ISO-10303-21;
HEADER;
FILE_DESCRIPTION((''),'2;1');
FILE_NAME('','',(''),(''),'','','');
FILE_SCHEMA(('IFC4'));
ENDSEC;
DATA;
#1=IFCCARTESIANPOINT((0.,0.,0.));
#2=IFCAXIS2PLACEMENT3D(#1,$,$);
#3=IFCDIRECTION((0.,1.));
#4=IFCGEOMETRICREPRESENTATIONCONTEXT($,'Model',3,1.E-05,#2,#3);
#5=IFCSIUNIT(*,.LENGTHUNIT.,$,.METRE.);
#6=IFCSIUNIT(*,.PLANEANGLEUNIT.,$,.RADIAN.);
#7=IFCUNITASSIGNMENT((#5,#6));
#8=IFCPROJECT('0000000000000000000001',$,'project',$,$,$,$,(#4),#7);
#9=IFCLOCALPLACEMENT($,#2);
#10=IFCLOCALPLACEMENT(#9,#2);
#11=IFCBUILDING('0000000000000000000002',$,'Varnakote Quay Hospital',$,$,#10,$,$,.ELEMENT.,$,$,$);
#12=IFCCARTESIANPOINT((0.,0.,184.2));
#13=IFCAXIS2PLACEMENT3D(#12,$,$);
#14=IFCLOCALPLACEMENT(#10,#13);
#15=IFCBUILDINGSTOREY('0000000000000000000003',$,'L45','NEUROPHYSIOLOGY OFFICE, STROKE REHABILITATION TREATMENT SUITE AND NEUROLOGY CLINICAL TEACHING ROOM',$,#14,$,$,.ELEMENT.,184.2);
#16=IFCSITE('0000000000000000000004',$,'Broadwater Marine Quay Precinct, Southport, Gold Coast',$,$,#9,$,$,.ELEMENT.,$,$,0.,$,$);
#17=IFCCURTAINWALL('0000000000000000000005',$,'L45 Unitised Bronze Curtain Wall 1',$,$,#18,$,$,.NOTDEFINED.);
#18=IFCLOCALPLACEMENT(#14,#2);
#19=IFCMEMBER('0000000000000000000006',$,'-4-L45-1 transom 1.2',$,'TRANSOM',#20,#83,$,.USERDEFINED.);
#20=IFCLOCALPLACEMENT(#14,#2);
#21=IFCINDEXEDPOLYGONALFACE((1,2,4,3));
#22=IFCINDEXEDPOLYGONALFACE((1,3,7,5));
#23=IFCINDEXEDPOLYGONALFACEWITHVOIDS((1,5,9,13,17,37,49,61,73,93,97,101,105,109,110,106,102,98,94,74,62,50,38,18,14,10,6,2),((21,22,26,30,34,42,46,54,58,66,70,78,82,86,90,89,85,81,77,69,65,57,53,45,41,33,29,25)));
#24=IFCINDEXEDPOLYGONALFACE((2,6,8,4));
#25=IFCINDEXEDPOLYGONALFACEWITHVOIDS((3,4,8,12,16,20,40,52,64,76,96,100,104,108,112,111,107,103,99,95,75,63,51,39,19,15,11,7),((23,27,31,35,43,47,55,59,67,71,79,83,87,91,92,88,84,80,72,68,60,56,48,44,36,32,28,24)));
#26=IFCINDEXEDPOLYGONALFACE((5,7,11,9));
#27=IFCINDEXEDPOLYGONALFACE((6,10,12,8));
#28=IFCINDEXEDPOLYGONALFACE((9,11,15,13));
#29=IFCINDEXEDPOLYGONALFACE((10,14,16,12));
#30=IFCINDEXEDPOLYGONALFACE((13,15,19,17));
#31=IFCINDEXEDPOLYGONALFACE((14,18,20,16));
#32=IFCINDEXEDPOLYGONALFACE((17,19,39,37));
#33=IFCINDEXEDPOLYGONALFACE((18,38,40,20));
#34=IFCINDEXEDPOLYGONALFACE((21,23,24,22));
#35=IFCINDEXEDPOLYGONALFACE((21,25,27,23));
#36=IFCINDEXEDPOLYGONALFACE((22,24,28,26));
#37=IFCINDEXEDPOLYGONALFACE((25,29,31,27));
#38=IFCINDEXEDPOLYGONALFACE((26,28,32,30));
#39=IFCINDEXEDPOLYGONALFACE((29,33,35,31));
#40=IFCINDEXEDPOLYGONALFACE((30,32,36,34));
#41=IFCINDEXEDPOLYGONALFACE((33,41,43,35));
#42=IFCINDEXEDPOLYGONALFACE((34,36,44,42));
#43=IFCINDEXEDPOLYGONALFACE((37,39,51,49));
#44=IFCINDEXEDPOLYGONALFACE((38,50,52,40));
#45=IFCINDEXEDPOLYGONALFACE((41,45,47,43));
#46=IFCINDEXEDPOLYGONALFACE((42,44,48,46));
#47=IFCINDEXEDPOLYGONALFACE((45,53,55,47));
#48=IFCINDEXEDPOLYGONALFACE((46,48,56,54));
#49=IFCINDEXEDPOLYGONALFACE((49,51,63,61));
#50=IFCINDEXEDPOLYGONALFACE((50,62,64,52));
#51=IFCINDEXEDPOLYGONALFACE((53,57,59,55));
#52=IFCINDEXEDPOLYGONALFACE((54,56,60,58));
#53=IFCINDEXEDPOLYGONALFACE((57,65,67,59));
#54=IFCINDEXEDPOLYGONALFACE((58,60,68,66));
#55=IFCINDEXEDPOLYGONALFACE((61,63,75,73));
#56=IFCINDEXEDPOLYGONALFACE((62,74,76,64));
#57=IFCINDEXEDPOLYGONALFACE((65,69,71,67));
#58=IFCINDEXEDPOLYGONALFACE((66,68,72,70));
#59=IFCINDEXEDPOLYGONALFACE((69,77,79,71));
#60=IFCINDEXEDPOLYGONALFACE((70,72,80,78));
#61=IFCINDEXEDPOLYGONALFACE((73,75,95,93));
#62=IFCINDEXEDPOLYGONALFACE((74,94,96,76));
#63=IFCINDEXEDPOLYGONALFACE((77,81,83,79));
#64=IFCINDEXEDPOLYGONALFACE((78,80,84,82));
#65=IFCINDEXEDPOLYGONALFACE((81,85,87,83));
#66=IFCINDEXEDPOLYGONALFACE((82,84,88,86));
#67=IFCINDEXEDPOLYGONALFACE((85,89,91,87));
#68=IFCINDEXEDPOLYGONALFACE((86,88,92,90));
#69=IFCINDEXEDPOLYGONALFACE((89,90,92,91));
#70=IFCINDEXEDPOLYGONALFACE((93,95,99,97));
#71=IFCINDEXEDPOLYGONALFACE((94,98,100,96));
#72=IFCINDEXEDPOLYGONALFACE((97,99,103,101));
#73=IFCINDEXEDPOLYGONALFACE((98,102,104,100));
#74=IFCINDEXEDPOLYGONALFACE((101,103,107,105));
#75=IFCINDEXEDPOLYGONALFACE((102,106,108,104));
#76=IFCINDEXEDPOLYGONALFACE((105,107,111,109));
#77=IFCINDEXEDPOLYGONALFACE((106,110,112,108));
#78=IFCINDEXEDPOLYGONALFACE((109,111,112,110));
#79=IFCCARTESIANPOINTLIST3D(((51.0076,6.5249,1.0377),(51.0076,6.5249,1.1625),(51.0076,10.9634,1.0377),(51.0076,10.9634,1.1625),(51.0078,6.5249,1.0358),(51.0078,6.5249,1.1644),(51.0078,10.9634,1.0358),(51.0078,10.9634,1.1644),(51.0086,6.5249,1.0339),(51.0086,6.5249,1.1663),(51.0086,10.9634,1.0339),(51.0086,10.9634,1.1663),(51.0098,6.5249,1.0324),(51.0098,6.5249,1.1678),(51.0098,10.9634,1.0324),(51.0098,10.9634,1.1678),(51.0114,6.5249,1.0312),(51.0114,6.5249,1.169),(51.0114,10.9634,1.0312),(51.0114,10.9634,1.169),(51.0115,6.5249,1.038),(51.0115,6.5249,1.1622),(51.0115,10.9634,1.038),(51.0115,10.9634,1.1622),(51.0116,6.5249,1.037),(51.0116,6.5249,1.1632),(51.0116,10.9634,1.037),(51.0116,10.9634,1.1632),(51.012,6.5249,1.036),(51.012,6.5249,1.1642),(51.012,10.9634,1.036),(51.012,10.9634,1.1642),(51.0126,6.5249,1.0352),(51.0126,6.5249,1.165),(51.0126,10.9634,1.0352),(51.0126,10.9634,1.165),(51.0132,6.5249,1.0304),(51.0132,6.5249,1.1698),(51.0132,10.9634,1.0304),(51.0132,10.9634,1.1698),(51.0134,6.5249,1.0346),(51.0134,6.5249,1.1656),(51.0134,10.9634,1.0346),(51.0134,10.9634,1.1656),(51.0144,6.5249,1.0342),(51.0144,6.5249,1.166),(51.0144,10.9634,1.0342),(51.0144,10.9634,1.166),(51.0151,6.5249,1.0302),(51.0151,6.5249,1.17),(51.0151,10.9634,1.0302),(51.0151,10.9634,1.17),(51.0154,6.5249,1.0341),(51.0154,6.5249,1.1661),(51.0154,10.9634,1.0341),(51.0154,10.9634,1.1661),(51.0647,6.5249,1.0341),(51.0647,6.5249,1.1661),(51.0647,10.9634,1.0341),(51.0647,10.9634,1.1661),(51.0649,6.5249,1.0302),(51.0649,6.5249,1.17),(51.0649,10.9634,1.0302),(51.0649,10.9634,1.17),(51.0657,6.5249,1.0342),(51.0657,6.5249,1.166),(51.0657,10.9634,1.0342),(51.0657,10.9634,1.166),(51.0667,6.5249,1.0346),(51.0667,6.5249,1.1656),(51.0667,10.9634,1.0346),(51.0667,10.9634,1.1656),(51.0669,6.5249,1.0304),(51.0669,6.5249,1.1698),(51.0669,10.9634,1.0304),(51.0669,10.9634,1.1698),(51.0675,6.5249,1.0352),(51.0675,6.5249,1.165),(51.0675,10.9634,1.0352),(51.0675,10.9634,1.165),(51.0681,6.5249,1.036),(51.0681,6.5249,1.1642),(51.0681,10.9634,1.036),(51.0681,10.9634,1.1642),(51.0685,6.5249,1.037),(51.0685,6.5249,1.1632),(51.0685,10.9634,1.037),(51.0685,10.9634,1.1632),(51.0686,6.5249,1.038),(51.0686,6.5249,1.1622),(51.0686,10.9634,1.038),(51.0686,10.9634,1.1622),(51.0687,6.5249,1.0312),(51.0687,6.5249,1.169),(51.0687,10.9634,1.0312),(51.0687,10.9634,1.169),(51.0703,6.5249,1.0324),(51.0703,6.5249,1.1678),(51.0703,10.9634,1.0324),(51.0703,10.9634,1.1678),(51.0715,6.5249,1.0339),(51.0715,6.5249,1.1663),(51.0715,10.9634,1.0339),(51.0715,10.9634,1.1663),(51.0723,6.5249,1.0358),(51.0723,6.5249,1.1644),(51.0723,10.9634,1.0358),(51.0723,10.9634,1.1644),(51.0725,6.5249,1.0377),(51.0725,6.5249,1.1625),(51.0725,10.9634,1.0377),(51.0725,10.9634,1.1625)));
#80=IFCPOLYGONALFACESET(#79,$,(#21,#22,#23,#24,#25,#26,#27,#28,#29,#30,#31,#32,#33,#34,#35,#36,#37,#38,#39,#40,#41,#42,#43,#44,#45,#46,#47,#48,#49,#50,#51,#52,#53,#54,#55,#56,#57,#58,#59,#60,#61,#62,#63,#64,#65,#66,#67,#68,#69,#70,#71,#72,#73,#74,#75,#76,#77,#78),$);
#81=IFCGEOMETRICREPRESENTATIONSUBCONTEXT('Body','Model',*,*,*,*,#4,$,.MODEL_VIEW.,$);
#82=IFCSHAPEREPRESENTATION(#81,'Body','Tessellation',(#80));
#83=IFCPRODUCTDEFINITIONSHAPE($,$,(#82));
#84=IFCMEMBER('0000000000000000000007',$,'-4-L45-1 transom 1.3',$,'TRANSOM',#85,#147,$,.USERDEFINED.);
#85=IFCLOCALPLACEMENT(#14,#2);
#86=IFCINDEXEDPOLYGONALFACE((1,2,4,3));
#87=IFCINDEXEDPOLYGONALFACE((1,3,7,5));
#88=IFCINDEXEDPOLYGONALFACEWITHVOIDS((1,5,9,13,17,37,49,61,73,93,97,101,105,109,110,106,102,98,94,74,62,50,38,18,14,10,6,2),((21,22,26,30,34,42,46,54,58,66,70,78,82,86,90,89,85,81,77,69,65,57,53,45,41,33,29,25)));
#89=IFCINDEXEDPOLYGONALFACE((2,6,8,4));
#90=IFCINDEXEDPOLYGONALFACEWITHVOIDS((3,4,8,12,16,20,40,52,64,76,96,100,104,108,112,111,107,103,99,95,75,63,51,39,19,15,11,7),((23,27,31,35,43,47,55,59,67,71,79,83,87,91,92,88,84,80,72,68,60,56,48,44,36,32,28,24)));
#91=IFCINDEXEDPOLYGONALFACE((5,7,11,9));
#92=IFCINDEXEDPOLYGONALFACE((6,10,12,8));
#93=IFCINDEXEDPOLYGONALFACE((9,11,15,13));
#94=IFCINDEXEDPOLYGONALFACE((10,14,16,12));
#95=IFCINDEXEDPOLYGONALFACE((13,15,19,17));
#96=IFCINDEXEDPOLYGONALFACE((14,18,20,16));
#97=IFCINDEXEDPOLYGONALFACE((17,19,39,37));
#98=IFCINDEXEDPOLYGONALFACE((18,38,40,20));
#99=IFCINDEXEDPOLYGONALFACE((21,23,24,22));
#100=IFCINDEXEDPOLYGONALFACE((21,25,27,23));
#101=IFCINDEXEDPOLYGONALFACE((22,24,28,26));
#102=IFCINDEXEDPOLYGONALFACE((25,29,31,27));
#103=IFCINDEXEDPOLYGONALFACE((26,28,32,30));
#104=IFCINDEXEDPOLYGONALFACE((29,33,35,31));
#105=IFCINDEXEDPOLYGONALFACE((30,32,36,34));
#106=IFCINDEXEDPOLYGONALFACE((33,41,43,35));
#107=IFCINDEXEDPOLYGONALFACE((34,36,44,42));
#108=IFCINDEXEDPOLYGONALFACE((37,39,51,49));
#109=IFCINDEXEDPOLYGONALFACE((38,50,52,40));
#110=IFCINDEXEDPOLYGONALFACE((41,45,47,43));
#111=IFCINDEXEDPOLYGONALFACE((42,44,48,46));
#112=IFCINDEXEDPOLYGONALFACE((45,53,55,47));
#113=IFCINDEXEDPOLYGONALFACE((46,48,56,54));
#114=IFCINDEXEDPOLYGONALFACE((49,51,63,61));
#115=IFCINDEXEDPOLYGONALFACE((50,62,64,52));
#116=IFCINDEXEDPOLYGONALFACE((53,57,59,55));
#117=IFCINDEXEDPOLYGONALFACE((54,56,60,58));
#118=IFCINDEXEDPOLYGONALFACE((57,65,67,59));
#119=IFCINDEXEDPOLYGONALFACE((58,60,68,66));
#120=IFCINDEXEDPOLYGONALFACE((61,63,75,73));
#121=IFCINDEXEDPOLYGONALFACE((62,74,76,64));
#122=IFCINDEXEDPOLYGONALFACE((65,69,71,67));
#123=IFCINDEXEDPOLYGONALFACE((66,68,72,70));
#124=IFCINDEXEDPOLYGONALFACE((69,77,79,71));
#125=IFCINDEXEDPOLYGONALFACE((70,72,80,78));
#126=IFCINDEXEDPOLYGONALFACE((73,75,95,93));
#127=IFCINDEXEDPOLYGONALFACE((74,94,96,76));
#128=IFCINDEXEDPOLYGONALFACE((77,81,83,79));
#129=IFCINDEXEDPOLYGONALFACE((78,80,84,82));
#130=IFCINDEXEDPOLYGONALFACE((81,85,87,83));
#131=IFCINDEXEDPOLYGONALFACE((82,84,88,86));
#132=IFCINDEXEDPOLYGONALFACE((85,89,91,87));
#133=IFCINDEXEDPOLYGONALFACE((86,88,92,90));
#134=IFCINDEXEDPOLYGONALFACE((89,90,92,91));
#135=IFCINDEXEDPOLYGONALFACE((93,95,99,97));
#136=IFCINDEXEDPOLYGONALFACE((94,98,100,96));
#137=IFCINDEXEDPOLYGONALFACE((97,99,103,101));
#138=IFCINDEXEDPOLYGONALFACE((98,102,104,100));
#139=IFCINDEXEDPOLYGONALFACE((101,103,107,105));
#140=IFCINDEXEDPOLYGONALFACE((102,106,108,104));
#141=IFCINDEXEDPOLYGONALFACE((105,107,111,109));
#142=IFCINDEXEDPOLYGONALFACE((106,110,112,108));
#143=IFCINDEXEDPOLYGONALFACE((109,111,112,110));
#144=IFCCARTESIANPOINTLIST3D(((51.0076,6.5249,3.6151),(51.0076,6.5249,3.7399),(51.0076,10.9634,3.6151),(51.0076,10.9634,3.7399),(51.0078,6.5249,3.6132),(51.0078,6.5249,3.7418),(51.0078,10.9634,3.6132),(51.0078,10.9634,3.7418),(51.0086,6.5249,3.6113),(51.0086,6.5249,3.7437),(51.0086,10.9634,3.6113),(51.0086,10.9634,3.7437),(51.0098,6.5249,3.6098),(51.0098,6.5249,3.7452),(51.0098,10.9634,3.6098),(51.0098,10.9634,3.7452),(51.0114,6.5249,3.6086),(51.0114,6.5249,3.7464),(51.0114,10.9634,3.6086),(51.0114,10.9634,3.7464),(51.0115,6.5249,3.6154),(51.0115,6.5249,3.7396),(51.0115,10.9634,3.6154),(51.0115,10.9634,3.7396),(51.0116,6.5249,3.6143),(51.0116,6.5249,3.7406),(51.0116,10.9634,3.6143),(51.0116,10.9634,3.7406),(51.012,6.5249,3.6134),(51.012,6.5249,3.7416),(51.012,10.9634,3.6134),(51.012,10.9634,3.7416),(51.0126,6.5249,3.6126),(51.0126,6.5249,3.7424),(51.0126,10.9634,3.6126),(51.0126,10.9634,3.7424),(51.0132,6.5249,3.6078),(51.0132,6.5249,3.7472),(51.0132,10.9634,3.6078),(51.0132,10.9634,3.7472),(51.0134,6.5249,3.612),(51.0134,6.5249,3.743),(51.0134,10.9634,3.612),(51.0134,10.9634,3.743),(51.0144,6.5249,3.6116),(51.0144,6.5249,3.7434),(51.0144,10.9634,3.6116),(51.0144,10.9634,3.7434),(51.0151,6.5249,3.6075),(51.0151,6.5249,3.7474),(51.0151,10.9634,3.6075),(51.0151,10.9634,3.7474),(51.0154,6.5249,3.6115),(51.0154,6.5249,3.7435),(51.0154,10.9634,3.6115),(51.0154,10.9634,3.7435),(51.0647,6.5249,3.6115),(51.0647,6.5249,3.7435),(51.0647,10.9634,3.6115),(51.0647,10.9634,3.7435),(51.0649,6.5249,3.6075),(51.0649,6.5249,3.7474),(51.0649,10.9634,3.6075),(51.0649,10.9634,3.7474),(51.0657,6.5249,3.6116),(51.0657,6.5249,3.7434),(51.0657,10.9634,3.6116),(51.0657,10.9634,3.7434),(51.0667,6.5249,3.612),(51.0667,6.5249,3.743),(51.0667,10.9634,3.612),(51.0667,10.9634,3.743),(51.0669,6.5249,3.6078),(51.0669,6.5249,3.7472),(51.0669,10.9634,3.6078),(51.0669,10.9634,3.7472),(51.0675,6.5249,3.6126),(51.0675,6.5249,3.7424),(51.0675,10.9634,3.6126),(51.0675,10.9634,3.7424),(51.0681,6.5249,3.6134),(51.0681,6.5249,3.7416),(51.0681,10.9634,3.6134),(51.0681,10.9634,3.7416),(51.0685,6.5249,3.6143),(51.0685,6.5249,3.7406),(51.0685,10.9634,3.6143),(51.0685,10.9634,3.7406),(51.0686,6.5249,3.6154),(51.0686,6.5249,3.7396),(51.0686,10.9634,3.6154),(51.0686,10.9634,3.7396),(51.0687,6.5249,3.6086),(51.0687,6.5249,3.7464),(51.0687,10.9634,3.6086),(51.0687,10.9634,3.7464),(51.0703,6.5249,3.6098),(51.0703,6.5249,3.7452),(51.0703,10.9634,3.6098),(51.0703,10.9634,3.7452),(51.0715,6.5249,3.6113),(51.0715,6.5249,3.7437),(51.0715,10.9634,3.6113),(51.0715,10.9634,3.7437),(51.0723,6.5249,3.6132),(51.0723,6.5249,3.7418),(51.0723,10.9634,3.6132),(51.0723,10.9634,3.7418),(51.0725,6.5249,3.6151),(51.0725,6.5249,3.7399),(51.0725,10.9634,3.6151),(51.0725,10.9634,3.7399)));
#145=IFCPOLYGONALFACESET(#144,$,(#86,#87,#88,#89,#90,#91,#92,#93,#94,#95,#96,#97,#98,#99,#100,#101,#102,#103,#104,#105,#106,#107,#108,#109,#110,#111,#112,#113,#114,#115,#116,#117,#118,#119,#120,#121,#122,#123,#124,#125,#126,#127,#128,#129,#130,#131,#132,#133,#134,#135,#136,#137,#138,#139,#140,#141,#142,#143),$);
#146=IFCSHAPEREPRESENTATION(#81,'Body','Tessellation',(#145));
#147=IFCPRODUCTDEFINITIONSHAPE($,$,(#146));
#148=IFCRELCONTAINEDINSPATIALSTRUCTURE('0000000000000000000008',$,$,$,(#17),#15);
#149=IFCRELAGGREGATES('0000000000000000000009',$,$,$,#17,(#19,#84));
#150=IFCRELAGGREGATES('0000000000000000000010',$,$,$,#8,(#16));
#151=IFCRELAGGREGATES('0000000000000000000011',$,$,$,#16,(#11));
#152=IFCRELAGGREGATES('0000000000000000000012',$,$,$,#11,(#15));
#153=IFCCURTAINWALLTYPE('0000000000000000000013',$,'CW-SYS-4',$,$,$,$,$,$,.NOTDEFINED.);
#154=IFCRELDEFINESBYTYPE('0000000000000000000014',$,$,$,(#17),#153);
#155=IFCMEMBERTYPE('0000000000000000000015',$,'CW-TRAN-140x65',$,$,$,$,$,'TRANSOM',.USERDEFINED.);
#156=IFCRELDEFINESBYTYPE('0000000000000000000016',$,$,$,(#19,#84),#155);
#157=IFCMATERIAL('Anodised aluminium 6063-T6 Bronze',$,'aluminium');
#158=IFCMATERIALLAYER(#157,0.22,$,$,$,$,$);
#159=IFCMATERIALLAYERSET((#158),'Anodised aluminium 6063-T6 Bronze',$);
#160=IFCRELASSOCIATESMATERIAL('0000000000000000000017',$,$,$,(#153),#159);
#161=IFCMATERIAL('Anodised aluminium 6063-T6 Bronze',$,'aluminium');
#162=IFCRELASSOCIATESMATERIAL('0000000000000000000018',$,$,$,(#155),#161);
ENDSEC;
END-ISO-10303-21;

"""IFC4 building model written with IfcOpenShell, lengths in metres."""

from ifc_helpers import new_model, si_unit, direction, frame, origin, origin_2d, place, context, subcontext, project, spatial, hollow_rectangle, extrude, material, layer, layer_set, material_profile, profile_set, type_object, element, aggregate, save


model = new_model("IFC4")

# Units and contexts
model_context = context("Model", 3, precision=1e-05, world=origin(), true_north=direction((0.0, 1.0)))
body_context = subcontext(model_context, "Body", "Model", "MODEL_VIEW")
ifc_project = project(units=[si_unit("LENGTHUNIT", "METRE"), si_unit("PLANEANGLEUNIT", "RADIAN")], contexts=[model_context])

# Site, building, storey
site_placement = place(None, origin())
site = spatial("IfcSite", under=ifc_project, at=site_placement, Name="Broadwater Marine Quay Precinct, Southport, Gold Coast", CompositionType="ELEMENT", RefElevation=0.0)
building_placement = place(site_placement, origin())
building = spatial("IfcBuilding", under=site, at=building_placement, Name="Varnakote Quay Hospital", CompositionType="ELEMENT")
storey_placement = place(building_placement, frame((0.0, 0.0, 184.2)))
storey = spatial("IfcBuildingStorey", under=building, at=storey_placement, Name="L45", Description="NEUROPHYSIOLOGY OFFICE, STROKE REHABILITATION TREATMENT SUITE AND NEUROLOGY CLINICAL TEACHING ROOM", CompositionType="ELEMENT", Elevation=184.2)

# Curtain wall, members
ifc_material_1 = material(Name="Anodised aluminium 6063-T6 Bronze", Category="aluminium")
ifc_layer_1 = layer(ifc_material_1, 0.22)
ifc_layer_set_1 = layer_set([ifc_layer_1], Name="Anodised aluminium 6063-T6 Bronze")
curtain_wall_type = type_object("IfcCurtainWallType", Name="CW-SYS-4", PredefinedType="NOTDEFINED", material=ifc_layer_set_1)
curtain_wall_placement = place(storey_placement, origin())
curtain_wall = element("IfcCurtainWall", 1, at=curtain_wall_placement, inside=storey, type_object=curtain_wall_type, Name="L45 Unitised Bronze Curtain Wall 1", PredefinedType="NOTDEFINED")
ifc_material_2 = material(Name="Anodised aluminium 6063-T6 Bronze", Category="aluminium")
ifc_material_profile_1 = material_profile(ifc_material_2, hollow_rectangle(XDim=0.0649, YDim=0.1399, WallThickness=0.0039, InnerFilletRadius=0.0039, OuterFilletRadius=0.0076, at=origin_2d()), Name="CW-TRAN-140x65")
ifc_profile_set_1 = profile_set([ifc_material_profile_1], Name="Anodised aluminium 6063-T6 Bronze")
member_type_1 = type_object("IfcMemberType", Name="CW-TRAN-140x65", ElementType="TRANSOM", PredefinedType="USERDEFINED", material=ifc_profile_set_1)
member_1_placement = place(storey_placement, frame((51.04, 6.5249, 1.1001), z_axis=(0.0, 1.0, 0.0), x_axis=(-1.0, 0.0, 0.0)))
member_1 = element("IfcMember", 2, at=member_1_placement, type_object=member_type_1, Name="-4-L45-1 transom 1.2", ObjectType="TRANSOM", PredefinedType="USERDEFINED", context=body_context, shape_type="SweptSolid", body=[
    extrude(hollow_rectangle(XDim=0.0649, YDim=0.1399, WallThickness=0.0039, InnerFilletRadius=0.0039, OuterFilletRadius=0.0076, at=origin_2d()), origin(), (0.0, 0.0, 1.0), 4.4385),
])
member_2_placement = place(storey_placement, frame((51.04, 6.5249, 3.6775), z_axis=(0.0, 1.0, 0.0), x_axis=(-1.0, 0.0, 0.0)))
member_2 = element("IfcMember", 3, at=member_2_placement, type_object=member_type_1, Name="-4-L45-1 transom 1.3", ObjectType="TRANSOM", PredefinedType="USERDEFINED", context=body_context, shape_type="SweptSolid", body=[
    extrude(hollow_rectangle(XDim=0.0649, YDim=0.1399, WallThickness=0.0039, InnerFilletRadius=0.0039, OuterFilletRadius=0.0076, at=origin_2d()), origin(), (0.0, 0.0, 1.0), 4.4385),
])
aggregate(curtain_wall, [member_1, member_2])

save(model, "model.ifc")
